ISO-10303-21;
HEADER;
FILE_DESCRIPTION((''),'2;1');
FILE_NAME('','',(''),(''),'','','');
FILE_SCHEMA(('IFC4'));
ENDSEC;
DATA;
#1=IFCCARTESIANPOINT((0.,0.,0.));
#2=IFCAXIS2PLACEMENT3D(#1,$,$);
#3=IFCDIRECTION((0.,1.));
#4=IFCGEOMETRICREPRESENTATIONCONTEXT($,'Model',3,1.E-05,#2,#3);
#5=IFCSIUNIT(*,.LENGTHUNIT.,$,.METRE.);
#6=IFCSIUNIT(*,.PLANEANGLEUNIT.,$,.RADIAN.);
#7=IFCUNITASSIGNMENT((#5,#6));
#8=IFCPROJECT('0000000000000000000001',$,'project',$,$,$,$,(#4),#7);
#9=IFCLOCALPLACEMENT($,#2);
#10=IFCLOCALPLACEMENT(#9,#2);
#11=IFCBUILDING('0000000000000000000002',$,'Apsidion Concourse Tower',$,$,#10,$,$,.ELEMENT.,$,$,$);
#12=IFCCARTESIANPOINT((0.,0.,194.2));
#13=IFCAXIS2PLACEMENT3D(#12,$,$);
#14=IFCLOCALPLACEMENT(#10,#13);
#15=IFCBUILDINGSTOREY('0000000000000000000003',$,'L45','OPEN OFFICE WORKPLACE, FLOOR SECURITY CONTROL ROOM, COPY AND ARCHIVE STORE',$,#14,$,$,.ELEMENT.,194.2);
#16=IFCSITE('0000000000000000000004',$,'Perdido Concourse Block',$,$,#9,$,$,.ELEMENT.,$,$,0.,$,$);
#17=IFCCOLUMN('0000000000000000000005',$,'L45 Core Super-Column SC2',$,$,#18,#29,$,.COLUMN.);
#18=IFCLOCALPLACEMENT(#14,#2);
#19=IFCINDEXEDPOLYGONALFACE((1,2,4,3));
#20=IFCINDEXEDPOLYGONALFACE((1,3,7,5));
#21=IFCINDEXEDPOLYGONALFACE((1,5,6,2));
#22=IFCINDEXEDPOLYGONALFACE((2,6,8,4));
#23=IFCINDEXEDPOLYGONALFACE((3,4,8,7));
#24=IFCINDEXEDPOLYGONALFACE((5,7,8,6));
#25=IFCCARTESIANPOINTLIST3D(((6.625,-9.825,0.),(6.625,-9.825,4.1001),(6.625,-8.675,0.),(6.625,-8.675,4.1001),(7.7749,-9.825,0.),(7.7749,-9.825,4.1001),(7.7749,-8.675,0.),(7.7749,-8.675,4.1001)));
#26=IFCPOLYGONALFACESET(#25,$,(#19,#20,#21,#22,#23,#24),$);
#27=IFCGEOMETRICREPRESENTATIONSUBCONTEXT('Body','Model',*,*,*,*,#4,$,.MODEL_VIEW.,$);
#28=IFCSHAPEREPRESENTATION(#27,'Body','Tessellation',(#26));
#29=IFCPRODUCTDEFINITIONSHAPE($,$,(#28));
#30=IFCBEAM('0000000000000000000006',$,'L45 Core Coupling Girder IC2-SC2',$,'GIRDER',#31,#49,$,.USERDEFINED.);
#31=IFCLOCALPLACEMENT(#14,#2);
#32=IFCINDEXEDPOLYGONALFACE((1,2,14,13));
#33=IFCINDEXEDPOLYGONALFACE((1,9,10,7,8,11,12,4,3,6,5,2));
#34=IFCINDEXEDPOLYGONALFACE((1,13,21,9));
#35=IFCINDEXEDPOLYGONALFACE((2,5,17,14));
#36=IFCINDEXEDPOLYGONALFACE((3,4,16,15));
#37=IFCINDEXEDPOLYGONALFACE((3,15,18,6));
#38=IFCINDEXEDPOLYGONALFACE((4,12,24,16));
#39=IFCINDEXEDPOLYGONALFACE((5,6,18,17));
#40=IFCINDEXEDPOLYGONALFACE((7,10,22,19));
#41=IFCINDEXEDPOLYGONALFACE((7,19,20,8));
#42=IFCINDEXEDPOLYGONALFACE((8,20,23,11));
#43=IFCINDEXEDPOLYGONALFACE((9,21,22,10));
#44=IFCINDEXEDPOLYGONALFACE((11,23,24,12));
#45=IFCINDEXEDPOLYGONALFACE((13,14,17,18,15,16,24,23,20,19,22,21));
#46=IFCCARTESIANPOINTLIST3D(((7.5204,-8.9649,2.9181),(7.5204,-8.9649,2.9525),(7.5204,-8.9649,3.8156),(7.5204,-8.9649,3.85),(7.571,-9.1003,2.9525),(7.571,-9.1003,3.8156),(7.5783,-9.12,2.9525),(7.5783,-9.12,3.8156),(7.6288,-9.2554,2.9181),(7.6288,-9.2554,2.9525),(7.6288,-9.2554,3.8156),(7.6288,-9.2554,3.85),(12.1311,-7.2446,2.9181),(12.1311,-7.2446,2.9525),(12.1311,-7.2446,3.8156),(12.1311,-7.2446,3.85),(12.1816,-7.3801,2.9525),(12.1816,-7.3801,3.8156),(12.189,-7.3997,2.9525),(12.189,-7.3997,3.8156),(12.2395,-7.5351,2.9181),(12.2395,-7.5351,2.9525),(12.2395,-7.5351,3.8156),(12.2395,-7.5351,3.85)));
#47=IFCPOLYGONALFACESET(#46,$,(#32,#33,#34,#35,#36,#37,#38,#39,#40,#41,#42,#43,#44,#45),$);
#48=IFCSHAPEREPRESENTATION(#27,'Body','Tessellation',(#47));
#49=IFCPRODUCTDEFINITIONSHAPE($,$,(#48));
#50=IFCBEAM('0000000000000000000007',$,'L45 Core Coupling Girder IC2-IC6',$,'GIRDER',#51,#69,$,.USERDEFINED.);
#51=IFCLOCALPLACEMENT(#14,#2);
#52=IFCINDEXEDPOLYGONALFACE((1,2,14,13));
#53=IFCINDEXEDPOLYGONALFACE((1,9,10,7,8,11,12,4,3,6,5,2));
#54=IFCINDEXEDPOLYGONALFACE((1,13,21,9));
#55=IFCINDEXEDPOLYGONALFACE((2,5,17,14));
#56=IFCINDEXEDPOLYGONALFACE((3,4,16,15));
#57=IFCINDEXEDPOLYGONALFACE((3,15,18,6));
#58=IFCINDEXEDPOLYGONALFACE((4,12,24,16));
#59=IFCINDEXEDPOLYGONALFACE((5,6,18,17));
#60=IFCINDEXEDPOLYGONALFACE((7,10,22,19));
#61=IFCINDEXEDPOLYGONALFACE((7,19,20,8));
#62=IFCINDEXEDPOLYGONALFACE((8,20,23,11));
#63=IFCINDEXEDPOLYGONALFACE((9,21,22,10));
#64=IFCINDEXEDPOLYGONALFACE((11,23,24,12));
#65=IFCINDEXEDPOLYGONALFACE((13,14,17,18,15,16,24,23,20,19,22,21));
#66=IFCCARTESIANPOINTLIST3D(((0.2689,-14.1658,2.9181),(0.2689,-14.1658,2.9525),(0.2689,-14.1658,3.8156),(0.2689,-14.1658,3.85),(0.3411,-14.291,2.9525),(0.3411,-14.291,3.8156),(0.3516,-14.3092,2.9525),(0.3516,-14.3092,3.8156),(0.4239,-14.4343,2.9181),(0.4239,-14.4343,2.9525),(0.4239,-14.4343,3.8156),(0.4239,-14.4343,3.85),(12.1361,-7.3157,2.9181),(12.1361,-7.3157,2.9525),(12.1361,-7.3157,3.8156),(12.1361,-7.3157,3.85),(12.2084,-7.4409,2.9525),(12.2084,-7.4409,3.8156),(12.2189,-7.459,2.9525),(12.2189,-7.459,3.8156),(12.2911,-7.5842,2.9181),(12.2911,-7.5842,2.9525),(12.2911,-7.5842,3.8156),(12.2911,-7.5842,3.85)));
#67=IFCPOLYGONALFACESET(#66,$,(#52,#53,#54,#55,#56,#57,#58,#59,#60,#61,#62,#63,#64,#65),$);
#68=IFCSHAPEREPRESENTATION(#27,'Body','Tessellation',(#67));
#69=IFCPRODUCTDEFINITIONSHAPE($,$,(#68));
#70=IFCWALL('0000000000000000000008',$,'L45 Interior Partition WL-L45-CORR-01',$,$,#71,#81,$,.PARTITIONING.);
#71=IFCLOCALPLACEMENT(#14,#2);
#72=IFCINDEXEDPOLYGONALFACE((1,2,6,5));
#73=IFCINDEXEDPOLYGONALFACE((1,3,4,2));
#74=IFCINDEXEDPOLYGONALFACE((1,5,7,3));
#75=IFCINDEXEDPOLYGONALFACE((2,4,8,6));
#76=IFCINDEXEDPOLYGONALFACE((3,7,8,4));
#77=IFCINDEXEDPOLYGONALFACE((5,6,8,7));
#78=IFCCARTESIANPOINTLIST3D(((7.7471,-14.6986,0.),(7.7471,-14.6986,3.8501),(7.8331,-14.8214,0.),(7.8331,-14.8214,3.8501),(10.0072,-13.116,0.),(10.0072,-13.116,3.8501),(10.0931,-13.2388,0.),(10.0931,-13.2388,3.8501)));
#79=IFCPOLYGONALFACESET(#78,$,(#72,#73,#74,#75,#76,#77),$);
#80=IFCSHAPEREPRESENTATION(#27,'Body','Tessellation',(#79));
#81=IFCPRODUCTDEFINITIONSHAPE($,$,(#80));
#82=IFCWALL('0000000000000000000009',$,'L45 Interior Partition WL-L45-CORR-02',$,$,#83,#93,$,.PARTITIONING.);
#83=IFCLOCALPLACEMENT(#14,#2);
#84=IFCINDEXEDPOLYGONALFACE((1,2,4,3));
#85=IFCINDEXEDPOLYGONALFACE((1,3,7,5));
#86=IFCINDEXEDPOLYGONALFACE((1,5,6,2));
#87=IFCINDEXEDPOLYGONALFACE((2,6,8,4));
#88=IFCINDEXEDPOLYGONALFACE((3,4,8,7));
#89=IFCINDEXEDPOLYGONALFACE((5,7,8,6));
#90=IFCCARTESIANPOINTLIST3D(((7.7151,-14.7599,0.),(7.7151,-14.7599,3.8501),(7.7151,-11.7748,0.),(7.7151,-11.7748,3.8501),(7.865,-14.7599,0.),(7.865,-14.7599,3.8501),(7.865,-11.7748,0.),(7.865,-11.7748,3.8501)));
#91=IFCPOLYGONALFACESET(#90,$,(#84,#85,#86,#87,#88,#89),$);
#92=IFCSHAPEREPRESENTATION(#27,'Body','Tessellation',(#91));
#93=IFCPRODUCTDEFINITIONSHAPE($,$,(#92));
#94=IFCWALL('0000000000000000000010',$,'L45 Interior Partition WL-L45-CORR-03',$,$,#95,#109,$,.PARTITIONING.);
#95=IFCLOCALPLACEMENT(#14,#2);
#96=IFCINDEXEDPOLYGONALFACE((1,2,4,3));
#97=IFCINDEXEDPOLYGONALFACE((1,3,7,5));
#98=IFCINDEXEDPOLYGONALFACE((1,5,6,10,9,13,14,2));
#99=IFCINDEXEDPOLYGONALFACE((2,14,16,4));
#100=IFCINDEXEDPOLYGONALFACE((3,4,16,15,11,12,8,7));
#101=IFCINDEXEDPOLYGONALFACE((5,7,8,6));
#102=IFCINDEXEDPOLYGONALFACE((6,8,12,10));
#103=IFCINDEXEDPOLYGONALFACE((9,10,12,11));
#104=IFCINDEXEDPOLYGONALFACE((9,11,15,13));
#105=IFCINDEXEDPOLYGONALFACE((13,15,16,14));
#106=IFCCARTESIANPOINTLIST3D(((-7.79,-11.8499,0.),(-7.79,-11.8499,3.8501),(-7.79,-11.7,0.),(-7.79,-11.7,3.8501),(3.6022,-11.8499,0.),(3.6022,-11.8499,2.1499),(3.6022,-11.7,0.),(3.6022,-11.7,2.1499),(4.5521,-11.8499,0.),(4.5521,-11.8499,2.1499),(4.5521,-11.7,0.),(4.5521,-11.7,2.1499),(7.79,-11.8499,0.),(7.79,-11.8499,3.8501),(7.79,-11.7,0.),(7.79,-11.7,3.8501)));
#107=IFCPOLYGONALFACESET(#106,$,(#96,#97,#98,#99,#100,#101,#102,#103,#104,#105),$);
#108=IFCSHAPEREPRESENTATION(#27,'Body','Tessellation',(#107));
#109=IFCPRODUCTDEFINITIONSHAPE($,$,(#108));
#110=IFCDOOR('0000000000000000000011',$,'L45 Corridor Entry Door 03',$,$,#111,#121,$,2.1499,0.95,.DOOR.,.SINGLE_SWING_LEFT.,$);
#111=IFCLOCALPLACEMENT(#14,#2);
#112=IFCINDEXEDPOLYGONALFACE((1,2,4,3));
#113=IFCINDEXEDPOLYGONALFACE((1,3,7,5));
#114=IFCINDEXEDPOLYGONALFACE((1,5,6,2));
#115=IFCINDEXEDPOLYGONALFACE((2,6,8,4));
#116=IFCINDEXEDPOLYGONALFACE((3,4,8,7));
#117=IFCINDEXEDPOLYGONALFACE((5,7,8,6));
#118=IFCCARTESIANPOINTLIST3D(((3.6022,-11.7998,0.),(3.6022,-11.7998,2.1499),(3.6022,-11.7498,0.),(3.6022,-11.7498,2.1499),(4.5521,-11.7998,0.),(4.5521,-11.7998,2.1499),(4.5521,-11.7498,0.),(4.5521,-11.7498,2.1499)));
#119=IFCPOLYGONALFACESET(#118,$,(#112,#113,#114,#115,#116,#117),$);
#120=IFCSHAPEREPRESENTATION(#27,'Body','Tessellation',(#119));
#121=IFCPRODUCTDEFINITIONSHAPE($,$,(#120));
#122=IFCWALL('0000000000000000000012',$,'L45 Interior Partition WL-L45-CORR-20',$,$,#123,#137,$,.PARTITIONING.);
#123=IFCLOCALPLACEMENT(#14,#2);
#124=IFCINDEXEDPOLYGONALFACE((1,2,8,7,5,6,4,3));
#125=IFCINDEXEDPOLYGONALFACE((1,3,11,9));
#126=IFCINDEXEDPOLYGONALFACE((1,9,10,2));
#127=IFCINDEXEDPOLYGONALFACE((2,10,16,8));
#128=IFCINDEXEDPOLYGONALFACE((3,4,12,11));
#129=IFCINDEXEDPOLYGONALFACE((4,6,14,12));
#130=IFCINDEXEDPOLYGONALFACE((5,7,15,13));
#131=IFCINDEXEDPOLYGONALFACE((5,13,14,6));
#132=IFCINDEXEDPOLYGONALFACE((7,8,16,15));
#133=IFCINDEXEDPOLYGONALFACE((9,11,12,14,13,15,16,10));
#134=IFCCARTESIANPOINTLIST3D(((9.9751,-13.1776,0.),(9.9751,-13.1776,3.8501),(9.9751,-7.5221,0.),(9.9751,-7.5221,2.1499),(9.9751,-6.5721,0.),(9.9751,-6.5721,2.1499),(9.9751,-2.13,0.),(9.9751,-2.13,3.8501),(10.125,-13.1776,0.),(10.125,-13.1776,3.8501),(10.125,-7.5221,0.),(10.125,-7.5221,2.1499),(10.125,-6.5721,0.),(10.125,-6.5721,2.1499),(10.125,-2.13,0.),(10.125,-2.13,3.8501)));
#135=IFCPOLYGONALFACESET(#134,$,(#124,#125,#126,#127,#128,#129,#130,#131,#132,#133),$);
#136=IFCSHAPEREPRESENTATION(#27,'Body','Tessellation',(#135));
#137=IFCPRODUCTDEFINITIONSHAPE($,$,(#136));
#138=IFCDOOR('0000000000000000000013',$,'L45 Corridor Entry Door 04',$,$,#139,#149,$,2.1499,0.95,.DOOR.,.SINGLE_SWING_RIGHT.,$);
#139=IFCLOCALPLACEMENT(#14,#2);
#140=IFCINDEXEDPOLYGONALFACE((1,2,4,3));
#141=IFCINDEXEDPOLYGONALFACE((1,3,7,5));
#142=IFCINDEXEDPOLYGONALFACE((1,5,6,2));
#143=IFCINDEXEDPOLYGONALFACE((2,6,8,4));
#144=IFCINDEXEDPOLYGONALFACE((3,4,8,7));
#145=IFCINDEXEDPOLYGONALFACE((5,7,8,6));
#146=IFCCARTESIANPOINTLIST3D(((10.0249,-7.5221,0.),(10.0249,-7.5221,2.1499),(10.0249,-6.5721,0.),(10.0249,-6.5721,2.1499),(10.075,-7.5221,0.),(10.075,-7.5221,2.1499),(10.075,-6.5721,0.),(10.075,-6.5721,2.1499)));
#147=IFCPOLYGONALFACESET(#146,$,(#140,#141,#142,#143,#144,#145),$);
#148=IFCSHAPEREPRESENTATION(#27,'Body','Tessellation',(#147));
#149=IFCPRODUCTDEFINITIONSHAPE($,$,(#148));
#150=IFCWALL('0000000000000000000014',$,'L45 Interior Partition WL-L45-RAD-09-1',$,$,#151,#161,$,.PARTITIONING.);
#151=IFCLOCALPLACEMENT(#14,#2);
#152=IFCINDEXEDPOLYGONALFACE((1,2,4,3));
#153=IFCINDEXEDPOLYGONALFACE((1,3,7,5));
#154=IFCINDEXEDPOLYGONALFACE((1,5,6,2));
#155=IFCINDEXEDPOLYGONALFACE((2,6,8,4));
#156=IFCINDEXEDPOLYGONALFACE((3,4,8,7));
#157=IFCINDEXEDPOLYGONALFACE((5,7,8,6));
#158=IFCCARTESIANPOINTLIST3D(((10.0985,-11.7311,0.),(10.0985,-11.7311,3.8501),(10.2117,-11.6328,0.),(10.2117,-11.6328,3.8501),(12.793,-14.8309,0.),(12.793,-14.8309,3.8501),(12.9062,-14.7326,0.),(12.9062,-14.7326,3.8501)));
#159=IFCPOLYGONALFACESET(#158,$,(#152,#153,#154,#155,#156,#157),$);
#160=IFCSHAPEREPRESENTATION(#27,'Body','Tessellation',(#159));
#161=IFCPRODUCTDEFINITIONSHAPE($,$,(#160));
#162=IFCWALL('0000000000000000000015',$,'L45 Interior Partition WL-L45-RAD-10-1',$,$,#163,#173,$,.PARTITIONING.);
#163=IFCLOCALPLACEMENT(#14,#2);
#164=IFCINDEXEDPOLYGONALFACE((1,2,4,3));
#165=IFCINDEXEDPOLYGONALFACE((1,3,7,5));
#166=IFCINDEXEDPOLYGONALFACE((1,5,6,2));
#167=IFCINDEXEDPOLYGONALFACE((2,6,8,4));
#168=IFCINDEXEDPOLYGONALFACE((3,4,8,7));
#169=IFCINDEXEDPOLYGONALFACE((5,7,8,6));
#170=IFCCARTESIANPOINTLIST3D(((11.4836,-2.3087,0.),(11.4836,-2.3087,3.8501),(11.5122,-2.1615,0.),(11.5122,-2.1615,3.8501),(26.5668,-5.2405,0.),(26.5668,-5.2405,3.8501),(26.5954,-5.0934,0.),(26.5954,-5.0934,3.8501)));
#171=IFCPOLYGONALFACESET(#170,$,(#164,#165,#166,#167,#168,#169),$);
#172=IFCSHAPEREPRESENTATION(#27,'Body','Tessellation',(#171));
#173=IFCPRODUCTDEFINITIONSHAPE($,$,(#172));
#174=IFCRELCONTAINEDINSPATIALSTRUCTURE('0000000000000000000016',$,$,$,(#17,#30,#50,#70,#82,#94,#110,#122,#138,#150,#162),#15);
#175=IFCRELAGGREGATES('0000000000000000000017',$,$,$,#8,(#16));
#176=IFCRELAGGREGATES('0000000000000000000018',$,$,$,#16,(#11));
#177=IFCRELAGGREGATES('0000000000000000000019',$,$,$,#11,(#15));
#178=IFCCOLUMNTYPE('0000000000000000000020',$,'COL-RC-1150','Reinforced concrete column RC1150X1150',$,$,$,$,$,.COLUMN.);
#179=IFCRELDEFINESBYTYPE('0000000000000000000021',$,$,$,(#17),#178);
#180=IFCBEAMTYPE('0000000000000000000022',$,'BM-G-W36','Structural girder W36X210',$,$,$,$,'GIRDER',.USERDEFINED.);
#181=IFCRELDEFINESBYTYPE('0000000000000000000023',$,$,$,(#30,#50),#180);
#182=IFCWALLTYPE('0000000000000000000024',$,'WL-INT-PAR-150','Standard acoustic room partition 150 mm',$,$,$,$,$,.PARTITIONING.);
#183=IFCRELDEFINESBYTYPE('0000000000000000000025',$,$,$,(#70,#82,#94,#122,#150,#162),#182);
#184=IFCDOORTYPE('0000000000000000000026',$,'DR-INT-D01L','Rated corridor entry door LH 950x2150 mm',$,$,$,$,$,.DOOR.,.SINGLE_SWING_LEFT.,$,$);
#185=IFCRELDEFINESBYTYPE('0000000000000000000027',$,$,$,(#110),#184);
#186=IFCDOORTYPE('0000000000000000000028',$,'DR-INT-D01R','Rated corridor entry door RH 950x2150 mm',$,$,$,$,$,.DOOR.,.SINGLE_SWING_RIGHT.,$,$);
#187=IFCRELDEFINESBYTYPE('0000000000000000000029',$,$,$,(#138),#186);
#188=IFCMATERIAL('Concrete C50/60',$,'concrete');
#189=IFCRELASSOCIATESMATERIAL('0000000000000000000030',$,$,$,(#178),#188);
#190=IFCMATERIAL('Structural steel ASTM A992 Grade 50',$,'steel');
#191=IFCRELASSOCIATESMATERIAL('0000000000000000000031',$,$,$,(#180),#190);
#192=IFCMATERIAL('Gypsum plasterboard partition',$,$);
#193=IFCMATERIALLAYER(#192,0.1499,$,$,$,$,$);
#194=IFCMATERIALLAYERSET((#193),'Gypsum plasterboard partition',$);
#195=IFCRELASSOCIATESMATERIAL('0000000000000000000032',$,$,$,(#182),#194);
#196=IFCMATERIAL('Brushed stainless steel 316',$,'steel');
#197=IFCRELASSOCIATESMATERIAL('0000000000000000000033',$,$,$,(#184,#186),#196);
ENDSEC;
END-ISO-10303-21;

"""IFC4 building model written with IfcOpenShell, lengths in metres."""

from ifc_helpers import new_model, si_unit, direction, frame, frame_2d, origin, origin_2d, place, context, subcontext, project, spatial, rectangle, i_section, extrude, material, layer, layer_set, material_profile, profile_set, type_object, element, fill, save


model = new_model("IFC4")

# Units and contexts
model_context = context("Model", 3, precision=1e-05, world=origin(), true_north=direction((0.0, 1.0)))
body_context = subcontext(model_context, "Body", "Model", "MODEL_VIEW")
ifc_project = project(units=[si_unit("LENGTHUNIT", "METRE"), si_unit("PLANEANGLEUNIT", "RADIAN")], contexts=[model_context])

# Site, building, storey
site_placement = place(None, origin())
site = spatial("IfcSite", under=ifc_project, at=site_placement, Name="Perdido Concourse Block", CompositionType="ELEMENT", RefElevation=0.0)
building_placement = place(site_placement, origin())
building = spatial("IfcBuilding", under=site, at=building_placement, Name="Apsidion Concourse Tower", CompositionType="ELEMENT")
storey_placement = place(building_placement, frame((0.0, 0.0, 194.2)))
storey = spatial("IfcBuildingStorey", under=building, at=storey_placement, Name="L45", Description="OPEN OFFICE WORKPLACE, FLOOR SECURITY CONTROL ROOM, COPY AND ARCHIVE STORE", CompositionType="ELEMENT", Elevation=194.2)

# Column
ifc_material_1 = material(Name="Concrete C50/60", Category="concrete")
ifc_material_profile_1 = material_profile(ifc_material_1, rectangle(XDim=1.1499, YDim=1.1499, at=origin_2d()), Name="RC 1150x1150")
ifc_profile_set_1 = profile_set([ifc_material_profile_1], Name="Concrete C50/60")
column_type = type_object("IfcColumnType", Name="COL-RC-1150", Description="Reinforced concrete column RC1150X1150", PredefinedType="COLUMN", material=ifc_profile_set_1)
column_placement = place(storey_placement, frame((7.2, -9.25, 0.0), z_axis=(0.0, 0.0, 1.0), x_axis=(1.0, 0.0, 0.0)))
element("IfcColumn", 1, at=column_placement, inside=storey, type_object=column_type, Name="L45 Core Super-Column SC2", PredefinedType="COLUMN", context=body_context, shape_type="SweptSolid", body=[
    extrude(rectangle(XDim=1.1499, YDim=1.1499, at=origin_2d()), origin(), (0.0, 0.0, 1.0), 4.1001),
])

# Beams
ifc_material_2 = material(Name="Structural steel ASTM A992 Grade 50", Category="steel")
ifc_material_profile_2 = material_profile(ifc_material_2, i_section(OverallWidth=0.3101, OverallDepth=0.9319, WebThickness=0.021, FlangeThickness=0.0344, at=origin_2d()), Name="W36X210")
ifc_profile_set_2 = profile_set([ifc_material_profile_2], Name="Structural steel ASTM A992 Grade 50")
beam_type = type_object("IfcBeamType", Name="BM-G-W36", Description="Structural girder W36X210", ElementType="GIRDER", PredefinedType="USERDEFINED", material=ifc_profile_set_2)
beam_1_placement = place(storey_placement, frame((12.1853, -7.3899, 3.384), z_axis=(-0.936913, -0.349563, 0.0), x_axis=(0.349563, -0.936913, 0.0)))
element("IfcBeam", 2, at=beam_1_placement, inside=storey, type_object=beam_type, Name="L45 Core Coupling Girder IC2-SC2", ObjectType="GIRDER", PredefinedType="USERDEFINED", context=body_context, shape_type="SweptSolid", body=[
    extrude(i_section(OverallWidth=0.3101, OverallDepth=0.9319, WebThickness=0.021, FlangeThickness=0.0344, at=origin_2d()), origin(), (0.0, 0.0, 1.0), 4.9211),
])
beam_2_placement = place(storey_placement, frame((12.2136, -7.45, 3.384), z_axis=(-0.86607, -0.499922, 0.0), x_axis=(0.499922, -0.86607, 0.0)))
element("IfcBeam", 3, at=beam_2_placement, inside=storey, type_object=beam_type, Name="L45 Core Coupling Girder IC2-IC6", ObjectType="GIRDER", PredefinedType="USERDEFINED", context=body_context, shape_type="SweptSolid", body=[
    extrude(i_section(OverallWidth=0.3101, OverallDepth=0.9319, WebThickness=0.021, FlangeThickness=0.0344, at=origin_2d()), origin(), (0.0, 0.0, 1.0), 13.7024),
])

# Walls
ifc_material_3 = material(Name="Gypsum plasterboard partition")
ifc_layer_1 = layer(ifc_material_3, 0.1499)
ifc_layer_set_1 = layer_set([ifc_layer_1], Name="Gypsum plasterboard partition")
wall_type_1 = type_object("IfcWallType", Name="WL-INT-PAR-150", Description="Standard acoustic room partition 150 mm", PredefinedType="PARTITIONING", material=ifc_layer_set_1)
wall_1_placement = place(storey_placement, frame((10.05, -13.1775, 0.0), z_axis=(0.0, 0.0, 1.0), x_axis=(-0.819145, -0.573587, 0.0)))
element("IfcWall", 4, at=wall_1_placement, inside=storey, type_object=wall_type_1, Name="L45 Interior Partition WL-L45-CORR-01", PredefinedType="PARTITIONING", context=body_context, shape_type="SweptSolid", body=[
    extrude(rectangle(XDim=2.759, YDim=0.1499, at=frame_2d((1.3794, 0.0))), origin(), (0.0, 0.0, 1.0), 3.8501),
])
wall_2_placement = place(storey_placement, frame((7.79, -14.76, 0.0), z_axis=(0.0, 0.0, 1.0), x_axis=(0.0, 1.0, 0.0)))
element("IfcWall", 5, at=wall_2_placement, inside=storey, type_object=wall_type_1, Name="L45 Interior Partition WL-L45-CORR-02", PredefinedType="PARTITIONING", context=body_context, shape_type="SweptSolid", body=[
    extrude(rectangle(XDim=2.9851, YDim=0.1499, at=frame_2d((1.4927, 0.0))), origin(), (0.0, 0.0, 1.0), 3.8501),
])

# Walls, openings, doors
wall_3_placement = place(storey_placement, frame((7.79, -11.7749, 0.0), z_axis=(0.0, 0.0, 1.0), x_axis=(-1.0, 0.0, 0.0)))
wall_3 = element("IfcWall", 6, at=wall_3_placement, inside=storey, type_object=wall_type_1, Name="L45 Interior Partition WL-L45-CORR-03", PredefinedType="PARTITIONING", context=body_context, shape_type="SweptSolid", body=[
    extrude(rectangle(XDim=15.5801, YDim=0.1499, at=frame_2d((7.79, 0.0))), origin(), (0.0, 0.0, 1.0), 3.8501),
])
opening_1_placement = place(wall_3_placement, frame((3.2378, 0.0, 0.0)))
opening_1 = element("IfcOpeningElement", 7, at=opening_1_placement, cuts=wall_3, PredefinedType="OPENING", context=body_context, shape_type="SweptSolid", body=[
    extrude(rectangle(XDim=0.95, YDim=2.1499, at=frame_2d((0.4751, 1.075))), frame((0.0, 0.085, 0.0), z_axis=(0.0, -1.0, 0.0), x_axis=(1.0, 0.0, 0.0)), (0.0, 0.0, 1.0), 0.1699),
])
ifc_material_4 = material(Name="Brushed stainless steel 316", Category="steel")
door_type_1 = type_object("IfcDoorType", Name="DR-INT-D01L", Description="Rated corridor entry door LH 950x2150 mm", OperationType="SINGLE_SWING_LEFT", PredefinedType="DOOR", material=ifc_material_4)
door_1_placement = place(opening_1_placement, origin())
door_1 = element("IfcDoor", 8, at=door_1_placement, inside=storey, type_object=door_type_1, Name="L45 Corridor Entry Door 03", OperationType="SINGLE_SWING_LEFT", OverallHeight=2.1499, OverallWidth=0.95, PredefinedType="DOOR", context=body_context, shape_type="SweptSolid", body=[
    extrude(rectangle(XDim=0.95, YDim=2.1499, at=frame_2d((0.4751, 1.075))), frame((0.0, 0.0249, 0.0), z_axis=(0.0, -1.0, 0.0), x_axis=(1.0, 0.0, 0.0)), (0.0, 0.0, 1.0), 0.05),
])
fill(opening_1, door_1)
wall_4_placement = place(storey_placement, frame((10.05, -2.1299, 0.0), z_axis=(0.0, 0.0, 1.0), x_axis=(0.0, -1.0, 0.0)))
wall_4 = element("IfcWall", 9, at=wall_4_placement, inside=storey, type_object=wall_type_1, Name="L45 Interior Partition WL-L45-CORR-20", PredefinedType="PARTITIONING", context=body_context, shape_type="SweptSolid", body=[
    extrude(rectangle(XDim=11.0476, YDim=0.1499, at=frame_2d((5.5239, 0.0))), origin(), (0.0, 0.0, 1.0), 3.8501),
])
opening_2_placement = place(wall_4_placement, frame((4.4421, 0.0, 0.0)))
opening_2 = element("IfcOpeningElement", 10, at=opening_2_placement, cuts=wall_4, PredefinedType="OPENING", context=body_context, shape_type="SweptSolid", body=[
    extrude(rectangle(XDim=0.95, YDim=2.1499, at=frame_2d((0.4751, 1.075))), frame((0.0, 0.085, 0.0), z_axis=(0.0, -1.0, 0.0), x_axis=(1.0, 0.0, 0.0)), (0.0, 0.0, 1.0), 0.1699),
])
door_type_2 = type_object("IfcDoorType", Name="DR-INT-D01R", Description="Rated corridor entry door RH 950x2150 mm", OperationType="SINGLE_SWING_RIGHT", PredefinedType="DOOR", material=ifc_material_4)
door_2_placement = place(opening_2_placement, origin())
door_2 = element("IfcDoor", 11, at=door_2_placement, inside=storey, type_object=door_type_2, Name="L45 Corridor Entry Door 04", OperationType="SINGLE_SWING_RIGHT", OverallHeight=2.1499, OverallWidth=0.95, PredefinedType="DOOR", context=body_context, shape_type="SweptSolid", body=[
    extrude(rectangle(XDim=0.95, YDim=2.1499, at=frame_2d((0.4751, 1.075))), frame((0.0, 0.0249, 0.0), z_axis=(0.0, -1.0, 0.0), x_axis=(1.0, 0.0, 0.0)), (0.0, 0.0, 1.0), 0.05),
])
fill(opening_2, door_2)

# Walls
wall_5_placement = place(storey_placement, frame((10.155, -11.6819, 0.0), z_axis=(0.0, 0.0, 1.0), x_axis=(0.656048, -0.754719, 0.0)))
element("IfcWall", 12, at=wall_5_placement, inside=storey, type_object=wall_type_1, Name="L45 Interior Partition WL-L45-RAD-09-1", PredefinedType="PARTITIONING", context=body_context, shape_type="SweptSolid", body=[
    extrude(rectangle(XDim=4.1072, YDim=0.1499, at=frame_2d((2.0537, 0.0))), origin(), (0.0, 0.0, 1.0), 3.8501),
])
wall_6_placement = place(storey_placement, frame((11.498, -2.2351, 0.0), z_axis=(0.0, 0.0, 1.0), x_axis=(0.981627, -0.190809, 0.0)))
element("IfcWall", 13, at=wall_6_placement, inside=storey, type_object=wall_type_1, Name="L45 Interior Partition WL-L45-RAD-10-1", PredefinedType="PARTITIONING", context=body_context, shape_type="SweptSolid", body=[
    extrude(rectangle(XDim=15.3655, YDim=0.1499, at=frame_2d((7.6826, 0.0))), origin(), (0.0, 0.0, 1.0), 3.8501),
])

save(model, "model.ifc")
